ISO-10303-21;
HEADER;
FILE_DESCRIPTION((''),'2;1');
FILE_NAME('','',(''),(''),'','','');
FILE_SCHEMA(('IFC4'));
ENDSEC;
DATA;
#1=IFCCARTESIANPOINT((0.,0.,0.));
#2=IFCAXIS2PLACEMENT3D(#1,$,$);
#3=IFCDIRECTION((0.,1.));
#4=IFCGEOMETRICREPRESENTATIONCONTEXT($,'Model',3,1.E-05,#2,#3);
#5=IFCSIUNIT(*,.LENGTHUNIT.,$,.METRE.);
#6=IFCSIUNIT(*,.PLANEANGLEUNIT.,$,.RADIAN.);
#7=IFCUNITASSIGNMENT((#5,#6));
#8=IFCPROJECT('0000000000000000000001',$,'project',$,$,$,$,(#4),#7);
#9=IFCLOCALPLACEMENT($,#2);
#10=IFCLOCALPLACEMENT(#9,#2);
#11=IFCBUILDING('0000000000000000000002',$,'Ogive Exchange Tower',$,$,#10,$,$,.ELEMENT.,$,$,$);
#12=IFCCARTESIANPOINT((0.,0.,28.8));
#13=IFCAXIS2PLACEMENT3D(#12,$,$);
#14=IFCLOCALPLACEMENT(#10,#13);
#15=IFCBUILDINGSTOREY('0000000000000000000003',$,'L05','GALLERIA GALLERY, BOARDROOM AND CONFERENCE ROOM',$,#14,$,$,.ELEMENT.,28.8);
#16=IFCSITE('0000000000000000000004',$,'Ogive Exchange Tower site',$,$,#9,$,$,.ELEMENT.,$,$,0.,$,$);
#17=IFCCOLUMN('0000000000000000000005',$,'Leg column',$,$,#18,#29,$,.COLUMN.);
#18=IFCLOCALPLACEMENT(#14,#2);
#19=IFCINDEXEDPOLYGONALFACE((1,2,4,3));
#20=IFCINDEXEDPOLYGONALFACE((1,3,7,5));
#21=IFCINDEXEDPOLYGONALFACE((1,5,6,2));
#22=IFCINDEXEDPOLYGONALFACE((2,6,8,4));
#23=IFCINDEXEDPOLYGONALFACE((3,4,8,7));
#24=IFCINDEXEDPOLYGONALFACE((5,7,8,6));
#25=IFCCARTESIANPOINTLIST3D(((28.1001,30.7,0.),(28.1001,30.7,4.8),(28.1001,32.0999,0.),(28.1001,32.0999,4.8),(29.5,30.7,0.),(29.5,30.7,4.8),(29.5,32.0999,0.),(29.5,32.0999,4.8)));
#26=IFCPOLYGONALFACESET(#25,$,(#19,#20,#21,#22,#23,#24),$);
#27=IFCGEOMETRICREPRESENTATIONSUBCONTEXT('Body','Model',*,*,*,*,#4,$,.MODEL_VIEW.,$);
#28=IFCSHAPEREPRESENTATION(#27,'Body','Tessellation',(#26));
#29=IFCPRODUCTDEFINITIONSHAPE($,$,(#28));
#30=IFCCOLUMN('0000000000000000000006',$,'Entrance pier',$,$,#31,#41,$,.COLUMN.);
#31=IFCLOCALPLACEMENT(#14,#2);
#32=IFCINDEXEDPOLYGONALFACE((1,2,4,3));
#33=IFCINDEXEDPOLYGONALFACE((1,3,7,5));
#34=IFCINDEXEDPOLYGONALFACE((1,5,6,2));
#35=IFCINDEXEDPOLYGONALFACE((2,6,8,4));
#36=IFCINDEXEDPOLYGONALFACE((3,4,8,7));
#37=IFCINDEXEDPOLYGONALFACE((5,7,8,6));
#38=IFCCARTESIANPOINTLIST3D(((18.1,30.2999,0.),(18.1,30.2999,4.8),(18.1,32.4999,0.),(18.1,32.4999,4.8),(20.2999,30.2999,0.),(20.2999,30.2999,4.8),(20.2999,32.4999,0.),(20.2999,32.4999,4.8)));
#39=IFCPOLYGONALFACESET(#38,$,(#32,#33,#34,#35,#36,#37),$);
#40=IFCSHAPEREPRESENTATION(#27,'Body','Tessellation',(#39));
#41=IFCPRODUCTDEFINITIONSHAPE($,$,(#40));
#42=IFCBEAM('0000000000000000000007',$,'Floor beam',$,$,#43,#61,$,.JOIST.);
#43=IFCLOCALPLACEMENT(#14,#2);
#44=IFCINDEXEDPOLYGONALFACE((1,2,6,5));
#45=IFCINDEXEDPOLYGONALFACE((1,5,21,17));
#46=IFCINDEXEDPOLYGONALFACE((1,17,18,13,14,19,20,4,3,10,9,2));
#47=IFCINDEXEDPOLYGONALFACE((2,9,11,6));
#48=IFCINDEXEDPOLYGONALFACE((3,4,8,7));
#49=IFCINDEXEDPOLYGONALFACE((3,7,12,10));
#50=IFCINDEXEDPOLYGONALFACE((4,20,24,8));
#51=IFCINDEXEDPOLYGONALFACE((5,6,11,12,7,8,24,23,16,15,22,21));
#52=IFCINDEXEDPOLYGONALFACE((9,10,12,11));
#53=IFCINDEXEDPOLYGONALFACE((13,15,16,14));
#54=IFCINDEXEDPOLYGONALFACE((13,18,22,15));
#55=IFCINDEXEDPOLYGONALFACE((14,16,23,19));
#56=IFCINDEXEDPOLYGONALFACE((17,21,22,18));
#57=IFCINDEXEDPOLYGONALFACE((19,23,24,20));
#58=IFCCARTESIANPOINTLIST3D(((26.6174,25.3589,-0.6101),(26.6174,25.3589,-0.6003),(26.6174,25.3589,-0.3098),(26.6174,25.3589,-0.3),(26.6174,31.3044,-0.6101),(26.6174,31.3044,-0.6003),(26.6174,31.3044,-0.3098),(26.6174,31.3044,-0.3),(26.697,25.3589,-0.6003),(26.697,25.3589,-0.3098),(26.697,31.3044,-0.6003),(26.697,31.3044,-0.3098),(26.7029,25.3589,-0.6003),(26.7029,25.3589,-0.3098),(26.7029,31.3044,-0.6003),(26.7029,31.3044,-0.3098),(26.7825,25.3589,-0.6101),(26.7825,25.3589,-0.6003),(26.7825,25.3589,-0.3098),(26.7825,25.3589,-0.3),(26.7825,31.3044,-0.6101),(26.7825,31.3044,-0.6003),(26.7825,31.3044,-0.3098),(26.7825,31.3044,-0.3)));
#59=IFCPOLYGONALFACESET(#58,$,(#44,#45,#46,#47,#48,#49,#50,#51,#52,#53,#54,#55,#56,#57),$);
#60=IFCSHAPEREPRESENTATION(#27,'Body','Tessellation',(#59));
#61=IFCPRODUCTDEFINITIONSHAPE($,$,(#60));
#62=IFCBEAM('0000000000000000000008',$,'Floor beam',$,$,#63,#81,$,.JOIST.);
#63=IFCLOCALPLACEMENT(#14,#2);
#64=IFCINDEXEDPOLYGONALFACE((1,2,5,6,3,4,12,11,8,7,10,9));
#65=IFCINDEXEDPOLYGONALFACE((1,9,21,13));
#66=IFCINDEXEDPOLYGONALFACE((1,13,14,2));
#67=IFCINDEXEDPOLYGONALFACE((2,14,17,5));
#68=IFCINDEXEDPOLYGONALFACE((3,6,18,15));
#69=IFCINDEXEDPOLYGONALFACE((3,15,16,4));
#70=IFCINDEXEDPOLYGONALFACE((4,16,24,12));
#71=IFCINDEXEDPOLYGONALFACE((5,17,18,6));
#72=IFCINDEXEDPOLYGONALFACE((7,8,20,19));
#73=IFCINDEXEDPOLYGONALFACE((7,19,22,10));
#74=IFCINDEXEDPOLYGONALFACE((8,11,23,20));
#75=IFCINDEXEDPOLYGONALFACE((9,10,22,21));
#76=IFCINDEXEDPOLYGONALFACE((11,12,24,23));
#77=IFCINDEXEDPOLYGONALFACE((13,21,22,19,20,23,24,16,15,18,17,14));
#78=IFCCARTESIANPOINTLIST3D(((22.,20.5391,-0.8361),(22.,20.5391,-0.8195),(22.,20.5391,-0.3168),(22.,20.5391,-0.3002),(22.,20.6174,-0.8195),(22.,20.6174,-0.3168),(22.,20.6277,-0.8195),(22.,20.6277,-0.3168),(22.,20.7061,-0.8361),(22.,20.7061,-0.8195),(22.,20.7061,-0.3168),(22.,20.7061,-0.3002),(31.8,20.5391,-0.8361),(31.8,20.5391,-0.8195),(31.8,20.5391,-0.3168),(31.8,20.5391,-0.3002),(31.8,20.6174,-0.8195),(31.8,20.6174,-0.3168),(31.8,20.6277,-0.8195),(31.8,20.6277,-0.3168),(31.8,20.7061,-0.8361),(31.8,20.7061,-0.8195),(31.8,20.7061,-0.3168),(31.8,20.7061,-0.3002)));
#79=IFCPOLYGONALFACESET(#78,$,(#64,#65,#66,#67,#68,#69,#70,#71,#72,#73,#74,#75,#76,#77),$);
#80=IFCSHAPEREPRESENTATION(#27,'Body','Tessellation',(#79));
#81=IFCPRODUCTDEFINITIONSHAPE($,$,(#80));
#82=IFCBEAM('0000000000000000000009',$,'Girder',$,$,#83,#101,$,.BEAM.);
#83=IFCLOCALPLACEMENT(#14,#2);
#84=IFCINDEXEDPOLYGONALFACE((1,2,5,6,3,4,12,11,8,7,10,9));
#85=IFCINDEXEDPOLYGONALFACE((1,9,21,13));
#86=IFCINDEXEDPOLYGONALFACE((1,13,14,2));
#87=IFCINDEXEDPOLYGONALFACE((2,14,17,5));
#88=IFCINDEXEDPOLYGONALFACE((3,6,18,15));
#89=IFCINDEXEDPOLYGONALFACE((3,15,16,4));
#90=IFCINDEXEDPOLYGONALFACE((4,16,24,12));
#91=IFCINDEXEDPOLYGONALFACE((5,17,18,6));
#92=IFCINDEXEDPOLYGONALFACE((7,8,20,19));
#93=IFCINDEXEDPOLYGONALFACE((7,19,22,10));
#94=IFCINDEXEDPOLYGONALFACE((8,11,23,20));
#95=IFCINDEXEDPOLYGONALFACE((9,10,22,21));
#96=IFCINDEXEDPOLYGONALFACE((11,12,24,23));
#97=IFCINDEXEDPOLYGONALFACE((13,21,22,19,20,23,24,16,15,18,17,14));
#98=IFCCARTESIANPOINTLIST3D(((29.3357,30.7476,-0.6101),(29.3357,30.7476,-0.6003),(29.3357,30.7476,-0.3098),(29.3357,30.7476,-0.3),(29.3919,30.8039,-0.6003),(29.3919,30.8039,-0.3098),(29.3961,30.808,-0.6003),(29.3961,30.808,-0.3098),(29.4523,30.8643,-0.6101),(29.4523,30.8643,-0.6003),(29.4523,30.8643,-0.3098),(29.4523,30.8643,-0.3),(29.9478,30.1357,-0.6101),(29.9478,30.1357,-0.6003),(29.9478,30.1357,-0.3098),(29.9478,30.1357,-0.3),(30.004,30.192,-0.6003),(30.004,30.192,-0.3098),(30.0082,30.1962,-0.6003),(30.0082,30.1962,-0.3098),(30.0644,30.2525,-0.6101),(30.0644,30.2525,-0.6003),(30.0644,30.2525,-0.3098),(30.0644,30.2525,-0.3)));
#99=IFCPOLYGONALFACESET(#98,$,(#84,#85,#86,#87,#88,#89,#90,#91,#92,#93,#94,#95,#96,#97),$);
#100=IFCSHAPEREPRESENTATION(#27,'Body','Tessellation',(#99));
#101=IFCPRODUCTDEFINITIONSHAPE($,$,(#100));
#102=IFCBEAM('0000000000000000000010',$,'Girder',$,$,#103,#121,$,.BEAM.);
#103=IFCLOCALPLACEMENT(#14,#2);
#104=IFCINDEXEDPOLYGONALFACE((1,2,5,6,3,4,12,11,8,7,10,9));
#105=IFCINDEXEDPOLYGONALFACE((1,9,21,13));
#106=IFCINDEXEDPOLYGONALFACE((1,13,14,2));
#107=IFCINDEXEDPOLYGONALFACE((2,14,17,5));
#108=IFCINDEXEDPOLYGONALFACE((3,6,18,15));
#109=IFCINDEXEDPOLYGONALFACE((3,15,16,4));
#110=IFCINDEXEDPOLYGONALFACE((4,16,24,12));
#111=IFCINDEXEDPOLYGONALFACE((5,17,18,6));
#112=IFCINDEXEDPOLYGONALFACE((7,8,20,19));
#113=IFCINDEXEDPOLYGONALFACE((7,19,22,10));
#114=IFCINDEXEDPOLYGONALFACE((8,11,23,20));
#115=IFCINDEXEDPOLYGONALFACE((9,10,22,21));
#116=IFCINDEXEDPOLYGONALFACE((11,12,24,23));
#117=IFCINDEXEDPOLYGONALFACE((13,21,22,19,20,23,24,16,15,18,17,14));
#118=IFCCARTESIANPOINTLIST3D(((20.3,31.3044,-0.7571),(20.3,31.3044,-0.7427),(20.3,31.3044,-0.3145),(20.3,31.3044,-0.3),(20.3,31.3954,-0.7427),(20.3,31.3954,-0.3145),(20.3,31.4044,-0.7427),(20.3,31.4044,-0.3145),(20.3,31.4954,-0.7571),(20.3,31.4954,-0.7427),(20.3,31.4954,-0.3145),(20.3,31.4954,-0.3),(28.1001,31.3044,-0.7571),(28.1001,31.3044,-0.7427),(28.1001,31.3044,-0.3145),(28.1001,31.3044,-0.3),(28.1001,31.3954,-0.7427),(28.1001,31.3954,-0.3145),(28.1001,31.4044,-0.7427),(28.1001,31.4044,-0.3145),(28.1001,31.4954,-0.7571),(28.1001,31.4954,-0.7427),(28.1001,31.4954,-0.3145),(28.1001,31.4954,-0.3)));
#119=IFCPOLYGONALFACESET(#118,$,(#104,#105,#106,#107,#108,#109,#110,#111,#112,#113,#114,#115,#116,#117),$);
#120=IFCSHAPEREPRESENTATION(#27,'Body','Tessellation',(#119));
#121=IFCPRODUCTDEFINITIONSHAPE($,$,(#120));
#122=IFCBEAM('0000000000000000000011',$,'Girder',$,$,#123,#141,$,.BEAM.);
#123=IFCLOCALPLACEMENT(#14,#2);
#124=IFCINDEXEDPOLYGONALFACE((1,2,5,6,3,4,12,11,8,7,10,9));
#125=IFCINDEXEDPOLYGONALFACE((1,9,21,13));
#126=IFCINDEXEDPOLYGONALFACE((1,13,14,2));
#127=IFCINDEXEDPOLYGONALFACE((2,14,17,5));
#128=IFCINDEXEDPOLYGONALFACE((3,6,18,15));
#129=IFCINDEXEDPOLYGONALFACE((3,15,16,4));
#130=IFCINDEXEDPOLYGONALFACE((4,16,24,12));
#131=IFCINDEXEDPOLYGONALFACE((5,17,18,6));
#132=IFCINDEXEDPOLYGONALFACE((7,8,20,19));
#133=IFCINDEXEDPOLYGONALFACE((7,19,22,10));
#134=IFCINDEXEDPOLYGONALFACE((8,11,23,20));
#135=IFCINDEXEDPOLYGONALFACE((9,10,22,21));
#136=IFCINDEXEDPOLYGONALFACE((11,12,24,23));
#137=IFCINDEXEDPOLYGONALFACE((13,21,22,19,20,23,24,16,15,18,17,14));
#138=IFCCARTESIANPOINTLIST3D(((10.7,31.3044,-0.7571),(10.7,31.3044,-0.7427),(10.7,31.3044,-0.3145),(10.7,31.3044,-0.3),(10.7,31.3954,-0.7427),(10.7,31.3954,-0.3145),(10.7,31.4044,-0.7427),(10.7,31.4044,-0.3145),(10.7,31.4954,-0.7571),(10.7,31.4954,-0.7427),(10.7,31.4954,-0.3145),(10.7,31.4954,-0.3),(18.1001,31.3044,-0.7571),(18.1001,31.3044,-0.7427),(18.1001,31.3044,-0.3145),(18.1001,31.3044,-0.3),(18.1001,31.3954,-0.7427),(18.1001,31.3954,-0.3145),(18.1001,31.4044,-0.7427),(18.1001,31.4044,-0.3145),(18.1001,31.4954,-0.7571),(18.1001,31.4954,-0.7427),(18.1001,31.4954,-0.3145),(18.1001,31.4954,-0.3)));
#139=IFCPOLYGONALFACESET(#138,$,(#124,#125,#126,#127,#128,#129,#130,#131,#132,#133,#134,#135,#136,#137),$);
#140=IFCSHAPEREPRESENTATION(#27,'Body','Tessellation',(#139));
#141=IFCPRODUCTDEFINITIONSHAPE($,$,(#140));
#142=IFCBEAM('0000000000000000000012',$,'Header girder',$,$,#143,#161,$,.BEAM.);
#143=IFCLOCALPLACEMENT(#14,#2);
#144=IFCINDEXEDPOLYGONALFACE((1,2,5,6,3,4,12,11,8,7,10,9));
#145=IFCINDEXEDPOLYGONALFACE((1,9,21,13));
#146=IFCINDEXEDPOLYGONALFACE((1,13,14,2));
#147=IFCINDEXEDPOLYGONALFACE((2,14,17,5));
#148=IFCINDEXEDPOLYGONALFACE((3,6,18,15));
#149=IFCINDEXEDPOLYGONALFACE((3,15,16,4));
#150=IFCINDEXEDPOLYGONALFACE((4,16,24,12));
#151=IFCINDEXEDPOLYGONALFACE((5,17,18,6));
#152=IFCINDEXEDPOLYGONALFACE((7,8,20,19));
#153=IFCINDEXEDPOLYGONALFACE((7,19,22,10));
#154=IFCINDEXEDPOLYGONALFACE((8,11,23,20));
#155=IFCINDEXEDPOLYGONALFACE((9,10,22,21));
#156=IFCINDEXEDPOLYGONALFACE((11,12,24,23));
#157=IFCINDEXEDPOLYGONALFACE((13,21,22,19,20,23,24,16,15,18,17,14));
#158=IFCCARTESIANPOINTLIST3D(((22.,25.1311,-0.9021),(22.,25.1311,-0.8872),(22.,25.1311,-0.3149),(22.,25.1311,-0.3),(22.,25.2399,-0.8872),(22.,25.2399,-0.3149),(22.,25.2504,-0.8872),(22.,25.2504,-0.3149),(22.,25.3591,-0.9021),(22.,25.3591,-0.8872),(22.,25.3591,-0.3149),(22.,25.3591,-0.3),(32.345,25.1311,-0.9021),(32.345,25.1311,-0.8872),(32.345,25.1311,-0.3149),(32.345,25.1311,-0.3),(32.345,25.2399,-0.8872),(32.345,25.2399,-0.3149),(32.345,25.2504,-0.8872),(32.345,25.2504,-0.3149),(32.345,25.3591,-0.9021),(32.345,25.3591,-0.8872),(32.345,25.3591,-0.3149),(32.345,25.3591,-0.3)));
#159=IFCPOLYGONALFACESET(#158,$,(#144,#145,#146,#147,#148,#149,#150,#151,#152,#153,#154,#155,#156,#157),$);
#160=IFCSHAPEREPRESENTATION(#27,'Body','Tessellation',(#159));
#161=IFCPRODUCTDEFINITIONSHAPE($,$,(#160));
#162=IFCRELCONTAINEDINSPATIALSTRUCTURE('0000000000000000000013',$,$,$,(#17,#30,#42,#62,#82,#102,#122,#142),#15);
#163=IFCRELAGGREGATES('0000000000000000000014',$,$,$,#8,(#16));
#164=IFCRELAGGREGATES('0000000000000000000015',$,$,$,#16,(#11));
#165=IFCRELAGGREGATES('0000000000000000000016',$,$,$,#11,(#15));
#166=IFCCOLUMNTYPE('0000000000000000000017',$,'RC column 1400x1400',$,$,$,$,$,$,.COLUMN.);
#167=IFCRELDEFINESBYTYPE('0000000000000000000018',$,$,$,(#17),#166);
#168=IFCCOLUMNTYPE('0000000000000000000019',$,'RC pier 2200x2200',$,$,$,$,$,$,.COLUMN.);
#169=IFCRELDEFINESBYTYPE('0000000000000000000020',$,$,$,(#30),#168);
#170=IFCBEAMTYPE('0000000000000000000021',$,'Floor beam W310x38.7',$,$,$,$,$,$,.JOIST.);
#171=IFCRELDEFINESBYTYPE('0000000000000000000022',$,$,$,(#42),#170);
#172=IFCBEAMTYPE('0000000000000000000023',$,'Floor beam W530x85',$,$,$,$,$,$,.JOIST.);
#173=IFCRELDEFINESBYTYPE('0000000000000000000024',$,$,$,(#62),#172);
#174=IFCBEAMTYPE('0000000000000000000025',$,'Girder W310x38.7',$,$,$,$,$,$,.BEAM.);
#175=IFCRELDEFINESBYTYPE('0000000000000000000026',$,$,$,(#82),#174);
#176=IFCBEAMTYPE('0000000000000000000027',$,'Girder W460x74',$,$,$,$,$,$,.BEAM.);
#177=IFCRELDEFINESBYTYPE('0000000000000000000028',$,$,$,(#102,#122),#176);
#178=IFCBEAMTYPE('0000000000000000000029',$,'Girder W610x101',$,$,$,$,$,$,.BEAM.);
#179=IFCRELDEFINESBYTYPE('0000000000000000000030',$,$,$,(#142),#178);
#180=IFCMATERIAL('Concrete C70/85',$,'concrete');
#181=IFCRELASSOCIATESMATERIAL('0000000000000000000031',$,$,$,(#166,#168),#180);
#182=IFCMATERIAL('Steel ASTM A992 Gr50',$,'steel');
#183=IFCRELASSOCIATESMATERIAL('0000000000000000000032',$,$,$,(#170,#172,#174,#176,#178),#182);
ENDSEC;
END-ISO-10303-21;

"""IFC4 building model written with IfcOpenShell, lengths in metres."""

from ifc_helpers import new_model, si_unit, direction, frame, origin, origin_2d, place, context, subcontext, project, spatial, rectangle, i_section, extrude, material, material_profile, profile_set, type_object, element, save


model = new_model("IFC4")

# Units and contexts
model_context = context("Model", 3, precision=1e-05, world=origin(), true_north=direction((0.0, 1.0)))
body_context = subcontext(model_context, "Body", "Model", "MODEL_VIEW")
ifc_project = project(units=[si_unit("LENGTHUNIT", "METRE"), si_unit("PLANEANGLEUNIT", "RADIAN")], contexts=[model_context])

# Site, building, storey
site_placement = place(None, origin())
site = spatial("IfcSite", under=ifc_project, at=site_placement, Name="Ogive Exchange Tower site", CompositionType="ELEMENT", RefElevation=0.0)
building_placement = place(site_placement, origin())
building = spatial("IfcBuilding", under=site, at=building_placement, Name="Ogive Exchange Tower", CompositionType="ELEMENT")
storey_placement = place(building_placement, frame((0.0, 0.0, 28.8)))
storey = spatial("IfcBuildingStorey", under=building, at=storey_placement, Name="L05", Description="GALLERIA GALLERY, BOARDROOM AND CONFERENCE ROOM", CompositionType="ELEMENT", Elevation=28.8)

# Columns
ifc_material_1 = material(Name="Concrete C70/85", Category="concrete")
ifc_material_profile_1 = material_profile(ifc_material_1, rectangle(XDim=1.3999, YDim=1.3999, at=origin_2d()), Name="RC 1400x1400")
ifc_profile_set_1 = profile_set([ifc_material_profile_1], Name="Concrete C70/85")
column_type_1 = type_object("IfcColumnType", Name="RC column 1400x1400", PredefinedType="COLUMN", material=ifc_profile_set_1)
column_1_placement = place(storey_placement, frame((28.8, 31.3999, 0.0), z_axis=(0.0, 0.0, 1.0), x_axis=(1.0, 0.0, 0.0)))
element("IfcColumn", 1, at=column_1_placement, inside=storey, type_object=column_type_1, Name="Leg column", PredefinedType="COLUMN", context=body_context, shape_type="SweptSolid", body=[
    extrude(rectangle(XDim=1.3999, YDim=1.3999, at=origin_2d()), origin(), (0.0, 0.0, 1.0), 4.8),
])
ifc_material_profile_2 = material_profile(ifc_material_1, rectangle(XDim=2.2, YDim=2.2, at=origin_2d()), Name="RC 2200x2200")
ifc_profile_set_2 = profile_set([ifc_material_profile_2], Name="Concrete C70/85")
column_type_2 = type_object("IfcColumnType", Name="RC pier 2200x2200", PredefinedType="COLUMN", material=ifc_profile_set_2)
column_2_placement = place(storey_placement, frame((19.2, 31.3999, 0.0), z_axis=(0.0, 0.0, 1.0), x_axis=(1.0, 0.0, 0.0)))
element("IfcColumn", 2, at=column_2_placement, inside=storey, type_object=column_type_2, Name="Entrance pier", PredefinedType="COLUMN", context=body_context, shape_type="SweptSolid", body=[
    extrude(rectangle(XDim=2.2, YDim=2.2, at=origin_2d()), origin(), (0.0, 0.0, 1.0), 4.8),
])

# Beams
ifc_material_2 = material(Name="Steel ASTM A992 Gr50", Category="steel")
ifc_material_profile_3 = material_profile(ifc_material_2, i_section(OverallWidth=0.165, OverallDepth=0.3101, WebThickness=0.0059, FlangeThickness=0.0098, at=origin_2d()), Name="W310x38.7")
ifc_profile_set_3 = profile_set([ifc_material_profile_3], Name="Steel ASTM A992 Gr50")
beam_type_1 = type_object("IfcBeamType", Name="Floor beam W310x38.7", PredefinedType="JOIST", material=ifc_profile_set_3)
beam_1_placement = place(storey_placement, frame((26.7, 25.3589, -0.4551), z_axis=(0.0, 1.0, 0.0), x_axis=(-1.0, 0.0, 0.0)))
element("IfcBeam", 3, at=beam_1_placement, inside=storey, type_object=beam_type_1, Name="Floor beam", PredefinedType="JOIST", context=body_context, shape_type="SweptSolid", body=[
    extrude(i_section(OverallWidth=0.165, OverallDepth=0.3101, WebThickness=0.0059, FlangeThickness=0.0098, at=origin_2d()), origin(), (0.0, 0.0, 1.0), 5.9456),
])
ifc_material_profile_4 = material_profile(ifc_material_2, i_section(OverallWidth=0.167, OverallDepth=0.5359, WebThickness=0.0103, FlangeThickness=0.0166, at=origin_2d()), Name="W530x85")
ifc_profile_set_4 = profile_set([ifc_material_profile_4], Name="Steel ASTM A992 Gr50")
beam_type_2 = type_object("IfcBeamType", Name="Floor beam W530x85", PredefinedType="JOIST", material=ifc_profile_set_4)
beam_2_placement = place(storey_placement, frame((22.0, 20.6226, -0.5681), z_axis=(1.0, 0.0, 0.0), x_axis=(0.0, 1.0, 0.0)))
element("IfcBeam", 4, at=beam_2_placement, inside=storey, type_object=beam_type_2, Name="Floor beam", PredefinedType="JOIST", context=body_context, shape_type="SweptSolid", body=[
    extrude(i_section(OverallWidth=0.167, OverallDepth=0.5359, WebThickness=0.0103, FlangeThickness=0.0166, at=origin_2d()), origin(), (0.0, 0.0, 1.0), 9.8),
])
ifc_material_profile_5 = material_profile(ifc_material_2, i_section(OverallWidth=0.165, OverallDepth=0.3101, WebThickness=0.0059, FlangeThickness=0.0098, at=origin_2d()), Name="W310x38.7")
ifc_profile_set_5 = profile_set([ifc_material_profile_5], Name="Steel ASTM A992 Gr50")
beam_type_3 = type_object("IfcBeamType", Name="Girder W310x38.7", PredefinedType="BEAM", material=ifc_profile_set_5)
beam_3_placement = place(storey_placement, frame((30.0061, 30.1941, -0.4551), z_axis=(-0.707248, 0.706966, 0.0), x_axis=(-0.706966, -0.707248, 0.0)))
element("IfcBeam", 5, at=beam_3_placement, inside=storey, type_object=beam_type_3, Name="Girder", PredefinedType="BEAM", context=body_context, shape_type="SweptSolid", body=[
    extrude(i_section(OverallWidth=0.165, OverallDepth=0.3101, WebThickness=0.0059, FlangeThickness=0.0098, at=origin_2d()), origin(), (0.0, 0.0, 1.0), 0.8655),
])
ifc_material_profile_6 = material_profile(ifc_material_2, i_section(OverallWidth=0.1909, OverallDepth=0.457, WebThickness=0.009, FlangeThickness=0.0144, at=origin_2d()), Name="W460x74")
ifc_profile_set_6 = profile_set([ifc_material_profile_6], Name="Steel ASTM A992 Gr50")
beam_type_4 = type_object("IfcBeamType", Name="Girder W460x74", PredefinedType="BEAM", material=ifc_profile_set_6)
beam_4_placement = place(storey_placement, frame((28.1001, 31.3999, -0.5286), z_axis=(-1.0, 0.0, 0.0), x_axis=(0.0, -1.0, 0.0)))
element("IfcBeam", 6, at=beam_4_placement, inside=storey, type_object=beam_type_4, Name="Girder", PredefinedType="BEAM", context=body_context, shape_type="SweptSolid", body=[
    extrude(i_section(OverallWidth=0.1909, OverallDepth=0.457, WebThickness=0.009, FlangeThickness=0.0144, at=origin_2d()), origin(), (0.0, 0.0, 1.0), 7.8),
])
beam_5_placement = place(storey_placement, frame((18.1001, 31.3999, -0.5286), z_axis=(-1.0, 0.0, 0.0), x_axis=(0.0, -1.0, 0.0)))
element("IfcBeam", 7, at=beam_5_placement, inside=storey, type_object=beam_type_4, Name="Girder", PredefinedType="BEAM", context=body_context, shape_type="SweptSolid", body=[
    extrude(i_section(OverallWidth=0.1909, OverallDepth=0.457, WebThickness=0.009, FlangeThickness=0.0144, at=origin_2d()), origin(), (0.0, 0.0, 1.0), 7.4001),
])
ifc_material_profile_7 = material_profile(ifc_material_2, i_section(OverallWidth=0.228, OverallDepth=0.6021, WebThickness=0.0105, FlangeThickness=0.0149, at=origin_2d()), Name="W610x101")
ifc_profile_set_7 = profile_set([ifc_material_profile_7], Name="Steel ASTM A992 Gr50")
beam_type_5 = type_object("IfcBeamType", Name="Girder W610x101", PredefinedType="BEAM", material=ifc_profile_set_7)
beam_6_placement = place(storey_placement, frame((22.0, 25.2451, -0.6011), z_axis=(1.0, 0.0, 0.0), x_axis=(0.0, 1.0, 0.0)))
element("IfcBeam", 8, at=beam_6_placement, inside=storey, type_object=beam_type_5, Name="Header girder", PredefinedType="BEAM", context=body_context, shape_type="SweptSolid", body=[
    extrude(i_section(OverallWidth=0.228, OverallDepth=0.6021, WebThickness=0.0105, FlangeThickness=0.0149, at=origin_2d()), origin(), (0.0, 0.0, 1.0), 10.345),
])

save(model, "model.ifc")
